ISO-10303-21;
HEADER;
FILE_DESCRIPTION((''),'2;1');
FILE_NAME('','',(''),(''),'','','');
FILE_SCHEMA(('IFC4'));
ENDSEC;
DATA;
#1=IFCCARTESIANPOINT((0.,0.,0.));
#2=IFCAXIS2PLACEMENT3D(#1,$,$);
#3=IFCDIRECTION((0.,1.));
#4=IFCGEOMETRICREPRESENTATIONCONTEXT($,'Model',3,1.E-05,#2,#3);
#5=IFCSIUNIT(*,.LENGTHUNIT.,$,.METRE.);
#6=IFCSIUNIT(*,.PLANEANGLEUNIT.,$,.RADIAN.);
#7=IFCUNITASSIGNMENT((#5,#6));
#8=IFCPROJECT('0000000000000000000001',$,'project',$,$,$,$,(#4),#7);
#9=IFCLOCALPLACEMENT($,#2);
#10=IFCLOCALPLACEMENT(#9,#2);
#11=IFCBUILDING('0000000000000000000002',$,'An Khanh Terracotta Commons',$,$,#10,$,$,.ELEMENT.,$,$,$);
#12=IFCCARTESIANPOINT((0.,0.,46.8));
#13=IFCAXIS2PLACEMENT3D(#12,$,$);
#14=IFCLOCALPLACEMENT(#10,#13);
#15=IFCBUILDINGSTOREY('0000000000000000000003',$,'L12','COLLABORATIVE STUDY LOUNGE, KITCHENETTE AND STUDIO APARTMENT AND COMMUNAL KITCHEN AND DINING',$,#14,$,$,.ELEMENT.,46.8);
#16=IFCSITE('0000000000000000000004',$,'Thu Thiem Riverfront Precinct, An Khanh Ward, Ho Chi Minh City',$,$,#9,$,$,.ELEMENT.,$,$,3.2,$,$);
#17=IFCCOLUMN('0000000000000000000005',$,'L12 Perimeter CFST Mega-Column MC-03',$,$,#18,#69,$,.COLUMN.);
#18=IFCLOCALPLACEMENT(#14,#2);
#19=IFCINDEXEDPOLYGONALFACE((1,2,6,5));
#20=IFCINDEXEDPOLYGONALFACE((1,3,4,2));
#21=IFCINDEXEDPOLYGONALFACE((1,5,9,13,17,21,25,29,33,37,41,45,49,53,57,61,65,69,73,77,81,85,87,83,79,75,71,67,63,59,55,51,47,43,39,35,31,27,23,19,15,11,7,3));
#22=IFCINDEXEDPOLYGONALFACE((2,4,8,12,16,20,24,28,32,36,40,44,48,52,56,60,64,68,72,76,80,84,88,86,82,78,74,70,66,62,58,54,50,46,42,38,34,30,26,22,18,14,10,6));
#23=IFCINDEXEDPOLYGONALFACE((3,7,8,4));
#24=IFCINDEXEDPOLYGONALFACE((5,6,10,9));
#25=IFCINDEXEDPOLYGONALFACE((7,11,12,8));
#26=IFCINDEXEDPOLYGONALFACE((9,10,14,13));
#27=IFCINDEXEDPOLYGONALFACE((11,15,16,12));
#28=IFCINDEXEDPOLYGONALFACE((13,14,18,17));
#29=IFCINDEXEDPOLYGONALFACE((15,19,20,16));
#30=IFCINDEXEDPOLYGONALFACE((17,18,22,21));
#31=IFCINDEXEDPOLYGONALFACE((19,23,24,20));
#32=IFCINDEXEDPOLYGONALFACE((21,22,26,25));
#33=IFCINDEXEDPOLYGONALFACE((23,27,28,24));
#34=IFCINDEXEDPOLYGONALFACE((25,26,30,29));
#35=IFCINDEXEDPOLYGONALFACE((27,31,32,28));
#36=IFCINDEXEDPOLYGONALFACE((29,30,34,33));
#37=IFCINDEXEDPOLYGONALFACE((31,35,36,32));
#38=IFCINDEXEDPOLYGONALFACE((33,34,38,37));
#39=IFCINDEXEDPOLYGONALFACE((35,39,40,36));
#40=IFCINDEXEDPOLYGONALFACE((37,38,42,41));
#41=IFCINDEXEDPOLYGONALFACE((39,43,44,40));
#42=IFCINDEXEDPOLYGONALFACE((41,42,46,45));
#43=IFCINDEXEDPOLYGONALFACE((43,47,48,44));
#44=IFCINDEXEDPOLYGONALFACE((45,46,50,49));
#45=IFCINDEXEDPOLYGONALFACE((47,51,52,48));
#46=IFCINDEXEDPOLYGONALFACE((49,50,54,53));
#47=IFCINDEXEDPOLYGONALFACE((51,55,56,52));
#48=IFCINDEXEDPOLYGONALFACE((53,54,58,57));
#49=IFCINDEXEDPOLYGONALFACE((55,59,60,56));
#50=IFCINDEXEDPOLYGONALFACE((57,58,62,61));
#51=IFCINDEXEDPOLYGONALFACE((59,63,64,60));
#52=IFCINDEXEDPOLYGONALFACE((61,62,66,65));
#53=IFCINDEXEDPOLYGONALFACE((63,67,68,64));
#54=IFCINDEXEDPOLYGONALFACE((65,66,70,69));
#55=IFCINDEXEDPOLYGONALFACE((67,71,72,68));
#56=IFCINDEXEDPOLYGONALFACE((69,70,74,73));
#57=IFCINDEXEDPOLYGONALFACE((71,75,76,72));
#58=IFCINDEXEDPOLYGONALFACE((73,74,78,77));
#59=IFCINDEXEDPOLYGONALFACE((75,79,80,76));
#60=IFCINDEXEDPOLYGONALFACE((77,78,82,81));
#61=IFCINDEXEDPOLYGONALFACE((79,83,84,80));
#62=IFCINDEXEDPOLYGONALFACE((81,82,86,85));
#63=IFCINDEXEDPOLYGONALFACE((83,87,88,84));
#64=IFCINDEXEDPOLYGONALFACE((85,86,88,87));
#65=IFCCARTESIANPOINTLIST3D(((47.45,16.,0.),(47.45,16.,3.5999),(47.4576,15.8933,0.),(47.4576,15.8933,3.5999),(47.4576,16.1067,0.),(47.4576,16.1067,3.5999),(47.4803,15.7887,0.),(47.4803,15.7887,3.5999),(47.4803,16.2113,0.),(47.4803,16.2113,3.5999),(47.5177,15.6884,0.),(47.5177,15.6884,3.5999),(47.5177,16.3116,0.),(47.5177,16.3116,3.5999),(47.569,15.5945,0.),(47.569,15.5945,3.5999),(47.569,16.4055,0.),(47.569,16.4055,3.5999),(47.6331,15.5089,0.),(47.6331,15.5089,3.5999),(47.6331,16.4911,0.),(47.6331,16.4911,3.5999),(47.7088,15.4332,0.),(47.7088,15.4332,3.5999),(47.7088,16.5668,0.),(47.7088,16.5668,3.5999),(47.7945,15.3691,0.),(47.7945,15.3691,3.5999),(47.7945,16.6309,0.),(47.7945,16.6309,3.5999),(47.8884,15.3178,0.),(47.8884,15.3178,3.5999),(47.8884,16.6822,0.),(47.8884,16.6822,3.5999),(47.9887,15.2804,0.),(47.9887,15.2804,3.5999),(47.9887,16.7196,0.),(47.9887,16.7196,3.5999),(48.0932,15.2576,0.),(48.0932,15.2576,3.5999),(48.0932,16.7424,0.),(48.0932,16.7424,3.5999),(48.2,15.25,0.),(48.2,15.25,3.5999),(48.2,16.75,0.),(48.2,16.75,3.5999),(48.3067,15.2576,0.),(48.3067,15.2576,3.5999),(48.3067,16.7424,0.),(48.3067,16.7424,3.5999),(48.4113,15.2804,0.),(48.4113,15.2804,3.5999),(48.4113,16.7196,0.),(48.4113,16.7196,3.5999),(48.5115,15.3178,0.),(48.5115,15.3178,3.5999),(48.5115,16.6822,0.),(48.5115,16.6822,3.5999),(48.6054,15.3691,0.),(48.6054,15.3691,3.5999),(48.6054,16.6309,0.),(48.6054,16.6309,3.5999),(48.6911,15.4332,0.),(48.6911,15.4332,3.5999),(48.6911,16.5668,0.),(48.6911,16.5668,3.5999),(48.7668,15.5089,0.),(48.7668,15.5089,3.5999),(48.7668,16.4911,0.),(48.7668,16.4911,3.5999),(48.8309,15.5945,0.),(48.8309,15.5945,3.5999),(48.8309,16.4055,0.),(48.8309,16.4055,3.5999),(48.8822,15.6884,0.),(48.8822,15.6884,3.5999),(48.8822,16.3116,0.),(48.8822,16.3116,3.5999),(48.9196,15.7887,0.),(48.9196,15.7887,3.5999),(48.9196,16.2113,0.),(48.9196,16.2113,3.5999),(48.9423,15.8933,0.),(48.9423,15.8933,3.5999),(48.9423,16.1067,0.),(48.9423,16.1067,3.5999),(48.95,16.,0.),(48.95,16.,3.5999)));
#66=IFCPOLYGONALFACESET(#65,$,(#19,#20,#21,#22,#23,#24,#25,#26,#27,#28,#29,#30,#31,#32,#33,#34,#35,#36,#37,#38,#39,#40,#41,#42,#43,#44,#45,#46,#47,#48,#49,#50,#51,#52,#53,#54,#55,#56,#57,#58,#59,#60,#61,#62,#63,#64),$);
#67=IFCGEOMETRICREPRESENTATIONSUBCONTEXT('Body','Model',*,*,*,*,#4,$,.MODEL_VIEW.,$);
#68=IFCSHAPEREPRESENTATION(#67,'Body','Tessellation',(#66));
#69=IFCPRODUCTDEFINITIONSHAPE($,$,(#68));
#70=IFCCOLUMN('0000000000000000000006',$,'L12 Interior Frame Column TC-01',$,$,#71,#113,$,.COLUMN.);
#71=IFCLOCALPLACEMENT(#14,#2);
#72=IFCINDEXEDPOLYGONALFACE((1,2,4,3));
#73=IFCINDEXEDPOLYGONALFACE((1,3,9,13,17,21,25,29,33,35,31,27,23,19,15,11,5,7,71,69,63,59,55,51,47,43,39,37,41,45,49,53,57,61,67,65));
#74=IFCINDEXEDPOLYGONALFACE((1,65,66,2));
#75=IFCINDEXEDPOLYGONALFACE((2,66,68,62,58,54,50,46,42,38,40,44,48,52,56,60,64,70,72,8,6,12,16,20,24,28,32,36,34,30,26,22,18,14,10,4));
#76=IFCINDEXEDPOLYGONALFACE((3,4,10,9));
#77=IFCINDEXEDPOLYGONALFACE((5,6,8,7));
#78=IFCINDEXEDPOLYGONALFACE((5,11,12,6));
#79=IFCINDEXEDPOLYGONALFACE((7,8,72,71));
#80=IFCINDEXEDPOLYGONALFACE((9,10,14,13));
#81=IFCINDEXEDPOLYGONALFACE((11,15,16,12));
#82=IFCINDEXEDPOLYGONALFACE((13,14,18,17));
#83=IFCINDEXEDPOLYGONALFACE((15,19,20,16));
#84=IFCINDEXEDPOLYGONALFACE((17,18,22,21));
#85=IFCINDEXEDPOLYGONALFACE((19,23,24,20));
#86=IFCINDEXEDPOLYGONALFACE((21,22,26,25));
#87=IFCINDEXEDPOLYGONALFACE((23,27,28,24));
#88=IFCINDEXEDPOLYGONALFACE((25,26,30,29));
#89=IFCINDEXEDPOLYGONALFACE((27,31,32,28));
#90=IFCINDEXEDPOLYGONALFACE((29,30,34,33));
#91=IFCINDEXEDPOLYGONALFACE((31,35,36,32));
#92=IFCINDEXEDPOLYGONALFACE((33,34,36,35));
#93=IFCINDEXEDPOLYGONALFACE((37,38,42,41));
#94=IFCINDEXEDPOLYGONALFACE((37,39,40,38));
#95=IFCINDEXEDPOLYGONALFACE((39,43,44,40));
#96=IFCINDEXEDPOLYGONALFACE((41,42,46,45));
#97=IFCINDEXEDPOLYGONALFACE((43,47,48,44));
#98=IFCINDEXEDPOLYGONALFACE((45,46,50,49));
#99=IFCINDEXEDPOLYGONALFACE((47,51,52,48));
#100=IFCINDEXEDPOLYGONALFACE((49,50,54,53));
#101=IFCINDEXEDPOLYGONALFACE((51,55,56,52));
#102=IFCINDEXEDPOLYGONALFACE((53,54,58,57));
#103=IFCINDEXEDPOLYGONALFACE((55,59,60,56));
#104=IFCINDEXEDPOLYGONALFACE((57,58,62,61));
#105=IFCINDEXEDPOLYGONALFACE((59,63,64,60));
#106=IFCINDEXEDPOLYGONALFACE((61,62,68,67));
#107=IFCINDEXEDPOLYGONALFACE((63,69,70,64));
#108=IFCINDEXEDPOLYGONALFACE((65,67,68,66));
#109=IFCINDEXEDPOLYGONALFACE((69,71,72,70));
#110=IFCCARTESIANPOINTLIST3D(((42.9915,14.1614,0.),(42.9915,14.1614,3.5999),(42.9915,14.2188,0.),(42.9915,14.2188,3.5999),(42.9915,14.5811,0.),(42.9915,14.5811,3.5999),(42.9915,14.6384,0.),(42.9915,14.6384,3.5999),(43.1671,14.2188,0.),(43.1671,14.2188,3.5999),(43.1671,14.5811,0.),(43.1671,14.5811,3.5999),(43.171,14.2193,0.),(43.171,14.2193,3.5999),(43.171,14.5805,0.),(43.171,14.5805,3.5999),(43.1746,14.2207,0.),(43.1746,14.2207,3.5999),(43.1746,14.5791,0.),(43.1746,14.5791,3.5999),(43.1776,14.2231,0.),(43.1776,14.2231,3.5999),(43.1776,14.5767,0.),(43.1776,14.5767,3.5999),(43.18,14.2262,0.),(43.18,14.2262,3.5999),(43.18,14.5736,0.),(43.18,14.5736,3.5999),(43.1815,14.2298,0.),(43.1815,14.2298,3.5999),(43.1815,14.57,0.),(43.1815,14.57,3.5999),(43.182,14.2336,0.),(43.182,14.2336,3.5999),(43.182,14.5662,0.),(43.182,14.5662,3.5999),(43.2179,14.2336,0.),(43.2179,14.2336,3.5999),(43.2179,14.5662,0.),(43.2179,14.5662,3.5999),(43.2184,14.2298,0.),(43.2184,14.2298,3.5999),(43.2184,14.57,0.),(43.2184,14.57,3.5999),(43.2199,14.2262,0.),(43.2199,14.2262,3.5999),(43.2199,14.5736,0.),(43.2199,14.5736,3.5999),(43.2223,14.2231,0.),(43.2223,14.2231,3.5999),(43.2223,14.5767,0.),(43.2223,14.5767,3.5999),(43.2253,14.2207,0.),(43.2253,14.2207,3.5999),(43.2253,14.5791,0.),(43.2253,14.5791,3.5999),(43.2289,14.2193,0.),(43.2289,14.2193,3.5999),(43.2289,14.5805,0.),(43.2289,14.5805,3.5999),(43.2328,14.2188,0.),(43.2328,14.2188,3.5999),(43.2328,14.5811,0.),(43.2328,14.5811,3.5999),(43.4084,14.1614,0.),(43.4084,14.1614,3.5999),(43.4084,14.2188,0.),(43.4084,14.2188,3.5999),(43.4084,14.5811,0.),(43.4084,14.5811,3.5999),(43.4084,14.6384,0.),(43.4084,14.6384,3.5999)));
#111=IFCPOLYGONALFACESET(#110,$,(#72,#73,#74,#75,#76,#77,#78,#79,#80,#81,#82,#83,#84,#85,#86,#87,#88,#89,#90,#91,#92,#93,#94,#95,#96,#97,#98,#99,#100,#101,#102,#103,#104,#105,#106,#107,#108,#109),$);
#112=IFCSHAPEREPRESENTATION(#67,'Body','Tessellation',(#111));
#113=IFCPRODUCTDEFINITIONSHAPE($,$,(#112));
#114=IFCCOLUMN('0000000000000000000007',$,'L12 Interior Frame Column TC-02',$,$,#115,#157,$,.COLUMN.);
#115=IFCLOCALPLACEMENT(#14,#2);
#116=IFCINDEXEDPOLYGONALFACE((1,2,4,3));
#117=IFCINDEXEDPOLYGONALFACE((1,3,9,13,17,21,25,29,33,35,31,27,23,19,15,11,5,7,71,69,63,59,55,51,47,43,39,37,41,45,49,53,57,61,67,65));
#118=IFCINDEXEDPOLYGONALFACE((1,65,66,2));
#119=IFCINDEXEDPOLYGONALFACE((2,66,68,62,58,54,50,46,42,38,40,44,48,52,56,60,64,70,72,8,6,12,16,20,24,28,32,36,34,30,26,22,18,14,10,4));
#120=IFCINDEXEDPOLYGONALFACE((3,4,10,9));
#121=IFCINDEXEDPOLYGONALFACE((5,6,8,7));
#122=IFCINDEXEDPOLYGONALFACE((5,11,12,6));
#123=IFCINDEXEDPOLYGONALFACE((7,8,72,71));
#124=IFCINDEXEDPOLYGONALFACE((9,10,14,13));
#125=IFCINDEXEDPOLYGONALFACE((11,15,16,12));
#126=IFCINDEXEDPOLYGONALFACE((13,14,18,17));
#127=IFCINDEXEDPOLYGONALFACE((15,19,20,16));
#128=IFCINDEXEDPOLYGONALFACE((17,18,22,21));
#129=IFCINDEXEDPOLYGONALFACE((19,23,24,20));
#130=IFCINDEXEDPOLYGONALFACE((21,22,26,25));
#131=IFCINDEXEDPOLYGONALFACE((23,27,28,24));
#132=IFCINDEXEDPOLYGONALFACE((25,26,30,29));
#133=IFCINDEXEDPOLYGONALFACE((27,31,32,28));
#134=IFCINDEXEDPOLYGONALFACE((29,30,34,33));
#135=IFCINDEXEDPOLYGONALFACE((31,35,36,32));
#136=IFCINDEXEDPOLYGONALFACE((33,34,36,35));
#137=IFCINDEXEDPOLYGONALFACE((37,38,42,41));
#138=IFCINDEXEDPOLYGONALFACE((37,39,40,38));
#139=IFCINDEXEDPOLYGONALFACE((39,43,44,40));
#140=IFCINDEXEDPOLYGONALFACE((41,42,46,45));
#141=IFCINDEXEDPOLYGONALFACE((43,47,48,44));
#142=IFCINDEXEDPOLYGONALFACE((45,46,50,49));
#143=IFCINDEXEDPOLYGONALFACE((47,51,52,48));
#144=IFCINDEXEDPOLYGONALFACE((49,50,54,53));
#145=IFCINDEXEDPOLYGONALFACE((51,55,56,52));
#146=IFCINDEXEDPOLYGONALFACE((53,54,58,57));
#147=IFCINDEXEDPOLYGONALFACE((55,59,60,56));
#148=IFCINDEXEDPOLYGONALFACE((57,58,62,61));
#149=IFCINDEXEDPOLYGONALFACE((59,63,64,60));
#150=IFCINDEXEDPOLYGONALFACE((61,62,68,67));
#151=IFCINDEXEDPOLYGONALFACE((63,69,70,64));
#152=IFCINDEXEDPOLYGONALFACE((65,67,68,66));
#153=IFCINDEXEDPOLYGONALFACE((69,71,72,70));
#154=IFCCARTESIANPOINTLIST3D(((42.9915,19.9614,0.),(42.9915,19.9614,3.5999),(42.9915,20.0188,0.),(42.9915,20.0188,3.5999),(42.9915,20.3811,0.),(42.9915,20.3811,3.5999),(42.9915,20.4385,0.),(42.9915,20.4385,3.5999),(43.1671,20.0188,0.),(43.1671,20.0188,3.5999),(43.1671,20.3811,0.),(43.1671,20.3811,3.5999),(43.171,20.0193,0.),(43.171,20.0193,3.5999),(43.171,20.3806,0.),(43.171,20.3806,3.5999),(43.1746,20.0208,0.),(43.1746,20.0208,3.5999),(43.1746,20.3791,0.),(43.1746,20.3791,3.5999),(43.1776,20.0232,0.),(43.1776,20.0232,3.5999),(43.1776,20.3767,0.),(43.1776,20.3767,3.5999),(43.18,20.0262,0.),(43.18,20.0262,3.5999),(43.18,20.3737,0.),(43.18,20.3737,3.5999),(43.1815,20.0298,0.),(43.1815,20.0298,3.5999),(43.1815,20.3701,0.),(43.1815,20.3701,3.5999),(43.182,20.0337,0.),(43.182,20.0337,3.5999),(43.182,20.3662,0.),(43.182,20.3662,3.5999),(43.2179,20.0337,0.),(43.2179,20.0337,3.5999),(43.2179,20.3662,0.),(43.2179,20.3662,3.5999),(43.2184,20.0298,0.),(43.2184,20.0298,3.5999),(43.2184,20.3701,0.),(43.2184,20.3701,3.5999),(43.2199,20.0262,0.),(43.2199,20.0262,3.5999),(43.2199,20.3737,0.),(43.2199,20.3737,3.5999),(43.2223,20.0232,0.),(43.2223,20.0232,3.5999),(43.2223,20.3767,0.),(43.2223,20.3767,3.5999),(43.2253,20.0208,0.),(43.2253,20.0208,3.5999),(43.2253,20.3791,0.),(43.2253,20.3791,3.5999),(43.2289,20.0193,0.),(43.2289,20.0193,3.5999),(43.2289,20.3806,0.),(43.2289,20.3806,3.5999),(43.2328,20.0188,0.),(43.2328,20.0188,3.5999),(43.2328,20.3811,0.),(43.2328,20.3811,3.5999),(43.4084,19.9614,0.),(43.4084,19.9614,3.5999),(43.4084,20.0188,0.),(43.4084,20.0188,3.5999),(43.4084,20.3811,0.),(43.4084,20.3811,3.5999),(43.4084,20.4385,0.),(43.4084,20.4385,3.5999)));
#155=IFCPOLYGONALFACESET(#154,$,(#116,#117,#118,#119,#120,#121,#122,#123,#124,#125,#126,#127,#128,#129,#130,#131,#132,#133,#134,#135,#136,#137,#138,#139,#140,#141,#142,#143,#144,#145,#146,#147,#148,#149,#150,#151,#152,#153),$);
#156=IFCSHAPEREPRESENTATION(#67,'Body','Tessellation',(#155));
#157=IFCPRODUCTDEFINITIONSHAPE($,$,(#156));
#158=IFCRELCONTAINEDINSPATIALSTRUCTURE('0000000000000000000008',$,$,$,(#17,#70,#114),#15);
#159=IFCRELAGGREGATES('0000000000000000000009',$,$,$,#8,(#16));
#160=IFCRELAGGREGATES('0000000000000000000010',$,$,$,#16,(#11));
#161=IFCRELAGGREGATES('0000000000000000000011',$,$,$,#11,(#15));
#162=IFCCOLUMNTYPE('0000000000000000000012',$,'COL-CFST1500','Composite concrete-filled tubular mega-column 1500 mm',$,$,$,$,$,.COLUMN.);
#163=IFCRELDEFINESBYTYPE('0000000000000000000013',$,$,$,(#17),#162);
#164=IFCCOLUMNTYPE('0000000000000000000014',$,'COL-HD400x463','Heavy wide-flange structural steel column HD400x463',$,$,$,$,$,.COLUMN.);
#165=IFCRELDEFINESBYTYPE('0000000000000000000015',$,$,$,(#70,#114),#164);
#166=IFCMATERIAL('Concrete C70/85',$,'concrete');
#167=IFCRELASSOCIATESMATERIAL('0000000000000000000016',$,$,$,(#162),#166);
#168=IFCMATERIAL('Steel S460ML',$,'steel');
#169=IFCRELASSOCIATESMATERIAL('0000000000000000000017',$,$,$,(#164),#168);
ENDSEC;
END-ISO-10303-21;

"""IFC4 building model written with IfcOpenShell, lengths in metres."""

from ifc_helpers import new_model, si_unit, direction, frame, origin, origin_2d, place, context, subcontext, project, spatial, circle, i_section, extrude, material, material_profile, profile_set, type_object, element, save


model = new_model("IFC4")

# Units and contexts
model_context = context("Model", 3, precision=1e-05, world=origin(), true_north=direction((0.0, 1.0)))
body_context = subcontext(model_context, "Body", "Model", "MODEL_VIEW")
ifc_project = project(units=[si_unit("LENGTHUNIT", "METRE"), si_unit("PLANEANGLEUNIT", "RADIAN")], contexts=[model_context])

# Site, building, storey
site_placement = place(None, origin())
site = spatial("IfcSite", under=ifc_project, at=site_placement, Name="Thu Thiem Riverfront Precinct, An Khanh Ward, Ho Chi Minh City", CompositionType="ELEMENT", RefElevation=3.2)
building_placement = place(site_placement, origin())
building = spatial("IfcBuilding", under=site, at=building_placement, Name="An Khanh Terracotta Commons", CompositionType="ELEMENT")
storey_placement = place(building_placement, frame((0.0, 0.0, 46.8)))
storey = spatial("IfcBuildingStorey", under=building, at=storey_placement, Name="L12", Description="COLLABORATIVE STUDY LOUNGE, KITCHENETTE AND STUDIO APARTMENT AND COMMUNAL KITCHEN AND DINING", CompositionType="ELEMENT", Elevation=46.8)

# Columns
ifc_material_1 = material(Name="Concrete C70/85", Category="concrete")
ifc_material_profile_1 = material_profile(ifc_material_1, circle(Radius=0.75, at=origin_2d()), Name="CFST1500")
ifc_profile_set_1 = profile_set([ifc_material_profile_1], Name="Concrete C70/85")
column_type_1 = type_object("IfcColumnType", Name="COL-CFST1500", Description="Composite concrete-filled tubular mega-column 1500 mm", PredefinedType="COLUMN", material=ifc_profile_set_1)
column_placement = place(storey_placement, frame((48.2, 16.0, 0.0), z_axis=(0.0, 0.0, 1.0), x_axis=(1.0, 0.0, 0.0)))
element("IfcColumn", 1, at=column_placement, inside=storey, type_object=column_type_1, Name="L12 Perimeter CFST Mega-Column MC-03", PredefinedType="COLUMN", context=body_context, shape_type="SweptSolid", body=[
    extrude(circle(Radius=0.75, at=origin_2d()), origin(), (0.0, 0.0, 1.0), 3.5999),
])
ifc_material_2 = material(Name="Steel S460ML", Category="steel")
ifc_material_profile_2 = material_profile(ifc_material_2, i_section(OverallWidth=0.417, OverallDepth=0.4771, WebThickness=0.0359, FlangeThickness=0.0574, FilletRadius=0.0149, at=origin_2d()), Name="HD400x463")
ifc_profile_set_2 = profile_set([ifc_material_profile_2], Name="Steel S460ML")
column_type_2 = type_object("IfcColumnType", Name="COL-HD400x463", Description="Heavy wide-flange structural steel column HD400x463", PredefinedType="COLUMN", material=ifc_profile_set_2)
for number, where, z_axis, x_axis, name in (
    (2, (43.2, 14.3999, 0.0), (0.0, 0.0, 1.0), (1.0, 0.0, 0.0), "L12 Interior Frame Column TC-01"),
    (3, (43.2, 20.2, 0.0), (0.0, 0.0, 1.0), (1.0, 0.0, 0.0), "L12 Interior Frame Column TC-02"),
):
    element("IfcColumn", number, at=place(storey_placement, frame(where, z_axis=z_axis, x_axis=x_axis)), inside=storey, type_object=column_type_2, Name=name, PredefinedType="COLUMN", context=body_context, shape_type="SweptSolid", body=[
        extrude(i_section(OverallWidth=0.417, OverallDepth=0.4771, WebThickness=0.0359, FlangeThickness=0.0574, FilletRadius=0.0149, at=origin_2d()), origin(), (0.0, 0.0, 1.0), 3.5999),
    ])

save(model, "model.ifc")
